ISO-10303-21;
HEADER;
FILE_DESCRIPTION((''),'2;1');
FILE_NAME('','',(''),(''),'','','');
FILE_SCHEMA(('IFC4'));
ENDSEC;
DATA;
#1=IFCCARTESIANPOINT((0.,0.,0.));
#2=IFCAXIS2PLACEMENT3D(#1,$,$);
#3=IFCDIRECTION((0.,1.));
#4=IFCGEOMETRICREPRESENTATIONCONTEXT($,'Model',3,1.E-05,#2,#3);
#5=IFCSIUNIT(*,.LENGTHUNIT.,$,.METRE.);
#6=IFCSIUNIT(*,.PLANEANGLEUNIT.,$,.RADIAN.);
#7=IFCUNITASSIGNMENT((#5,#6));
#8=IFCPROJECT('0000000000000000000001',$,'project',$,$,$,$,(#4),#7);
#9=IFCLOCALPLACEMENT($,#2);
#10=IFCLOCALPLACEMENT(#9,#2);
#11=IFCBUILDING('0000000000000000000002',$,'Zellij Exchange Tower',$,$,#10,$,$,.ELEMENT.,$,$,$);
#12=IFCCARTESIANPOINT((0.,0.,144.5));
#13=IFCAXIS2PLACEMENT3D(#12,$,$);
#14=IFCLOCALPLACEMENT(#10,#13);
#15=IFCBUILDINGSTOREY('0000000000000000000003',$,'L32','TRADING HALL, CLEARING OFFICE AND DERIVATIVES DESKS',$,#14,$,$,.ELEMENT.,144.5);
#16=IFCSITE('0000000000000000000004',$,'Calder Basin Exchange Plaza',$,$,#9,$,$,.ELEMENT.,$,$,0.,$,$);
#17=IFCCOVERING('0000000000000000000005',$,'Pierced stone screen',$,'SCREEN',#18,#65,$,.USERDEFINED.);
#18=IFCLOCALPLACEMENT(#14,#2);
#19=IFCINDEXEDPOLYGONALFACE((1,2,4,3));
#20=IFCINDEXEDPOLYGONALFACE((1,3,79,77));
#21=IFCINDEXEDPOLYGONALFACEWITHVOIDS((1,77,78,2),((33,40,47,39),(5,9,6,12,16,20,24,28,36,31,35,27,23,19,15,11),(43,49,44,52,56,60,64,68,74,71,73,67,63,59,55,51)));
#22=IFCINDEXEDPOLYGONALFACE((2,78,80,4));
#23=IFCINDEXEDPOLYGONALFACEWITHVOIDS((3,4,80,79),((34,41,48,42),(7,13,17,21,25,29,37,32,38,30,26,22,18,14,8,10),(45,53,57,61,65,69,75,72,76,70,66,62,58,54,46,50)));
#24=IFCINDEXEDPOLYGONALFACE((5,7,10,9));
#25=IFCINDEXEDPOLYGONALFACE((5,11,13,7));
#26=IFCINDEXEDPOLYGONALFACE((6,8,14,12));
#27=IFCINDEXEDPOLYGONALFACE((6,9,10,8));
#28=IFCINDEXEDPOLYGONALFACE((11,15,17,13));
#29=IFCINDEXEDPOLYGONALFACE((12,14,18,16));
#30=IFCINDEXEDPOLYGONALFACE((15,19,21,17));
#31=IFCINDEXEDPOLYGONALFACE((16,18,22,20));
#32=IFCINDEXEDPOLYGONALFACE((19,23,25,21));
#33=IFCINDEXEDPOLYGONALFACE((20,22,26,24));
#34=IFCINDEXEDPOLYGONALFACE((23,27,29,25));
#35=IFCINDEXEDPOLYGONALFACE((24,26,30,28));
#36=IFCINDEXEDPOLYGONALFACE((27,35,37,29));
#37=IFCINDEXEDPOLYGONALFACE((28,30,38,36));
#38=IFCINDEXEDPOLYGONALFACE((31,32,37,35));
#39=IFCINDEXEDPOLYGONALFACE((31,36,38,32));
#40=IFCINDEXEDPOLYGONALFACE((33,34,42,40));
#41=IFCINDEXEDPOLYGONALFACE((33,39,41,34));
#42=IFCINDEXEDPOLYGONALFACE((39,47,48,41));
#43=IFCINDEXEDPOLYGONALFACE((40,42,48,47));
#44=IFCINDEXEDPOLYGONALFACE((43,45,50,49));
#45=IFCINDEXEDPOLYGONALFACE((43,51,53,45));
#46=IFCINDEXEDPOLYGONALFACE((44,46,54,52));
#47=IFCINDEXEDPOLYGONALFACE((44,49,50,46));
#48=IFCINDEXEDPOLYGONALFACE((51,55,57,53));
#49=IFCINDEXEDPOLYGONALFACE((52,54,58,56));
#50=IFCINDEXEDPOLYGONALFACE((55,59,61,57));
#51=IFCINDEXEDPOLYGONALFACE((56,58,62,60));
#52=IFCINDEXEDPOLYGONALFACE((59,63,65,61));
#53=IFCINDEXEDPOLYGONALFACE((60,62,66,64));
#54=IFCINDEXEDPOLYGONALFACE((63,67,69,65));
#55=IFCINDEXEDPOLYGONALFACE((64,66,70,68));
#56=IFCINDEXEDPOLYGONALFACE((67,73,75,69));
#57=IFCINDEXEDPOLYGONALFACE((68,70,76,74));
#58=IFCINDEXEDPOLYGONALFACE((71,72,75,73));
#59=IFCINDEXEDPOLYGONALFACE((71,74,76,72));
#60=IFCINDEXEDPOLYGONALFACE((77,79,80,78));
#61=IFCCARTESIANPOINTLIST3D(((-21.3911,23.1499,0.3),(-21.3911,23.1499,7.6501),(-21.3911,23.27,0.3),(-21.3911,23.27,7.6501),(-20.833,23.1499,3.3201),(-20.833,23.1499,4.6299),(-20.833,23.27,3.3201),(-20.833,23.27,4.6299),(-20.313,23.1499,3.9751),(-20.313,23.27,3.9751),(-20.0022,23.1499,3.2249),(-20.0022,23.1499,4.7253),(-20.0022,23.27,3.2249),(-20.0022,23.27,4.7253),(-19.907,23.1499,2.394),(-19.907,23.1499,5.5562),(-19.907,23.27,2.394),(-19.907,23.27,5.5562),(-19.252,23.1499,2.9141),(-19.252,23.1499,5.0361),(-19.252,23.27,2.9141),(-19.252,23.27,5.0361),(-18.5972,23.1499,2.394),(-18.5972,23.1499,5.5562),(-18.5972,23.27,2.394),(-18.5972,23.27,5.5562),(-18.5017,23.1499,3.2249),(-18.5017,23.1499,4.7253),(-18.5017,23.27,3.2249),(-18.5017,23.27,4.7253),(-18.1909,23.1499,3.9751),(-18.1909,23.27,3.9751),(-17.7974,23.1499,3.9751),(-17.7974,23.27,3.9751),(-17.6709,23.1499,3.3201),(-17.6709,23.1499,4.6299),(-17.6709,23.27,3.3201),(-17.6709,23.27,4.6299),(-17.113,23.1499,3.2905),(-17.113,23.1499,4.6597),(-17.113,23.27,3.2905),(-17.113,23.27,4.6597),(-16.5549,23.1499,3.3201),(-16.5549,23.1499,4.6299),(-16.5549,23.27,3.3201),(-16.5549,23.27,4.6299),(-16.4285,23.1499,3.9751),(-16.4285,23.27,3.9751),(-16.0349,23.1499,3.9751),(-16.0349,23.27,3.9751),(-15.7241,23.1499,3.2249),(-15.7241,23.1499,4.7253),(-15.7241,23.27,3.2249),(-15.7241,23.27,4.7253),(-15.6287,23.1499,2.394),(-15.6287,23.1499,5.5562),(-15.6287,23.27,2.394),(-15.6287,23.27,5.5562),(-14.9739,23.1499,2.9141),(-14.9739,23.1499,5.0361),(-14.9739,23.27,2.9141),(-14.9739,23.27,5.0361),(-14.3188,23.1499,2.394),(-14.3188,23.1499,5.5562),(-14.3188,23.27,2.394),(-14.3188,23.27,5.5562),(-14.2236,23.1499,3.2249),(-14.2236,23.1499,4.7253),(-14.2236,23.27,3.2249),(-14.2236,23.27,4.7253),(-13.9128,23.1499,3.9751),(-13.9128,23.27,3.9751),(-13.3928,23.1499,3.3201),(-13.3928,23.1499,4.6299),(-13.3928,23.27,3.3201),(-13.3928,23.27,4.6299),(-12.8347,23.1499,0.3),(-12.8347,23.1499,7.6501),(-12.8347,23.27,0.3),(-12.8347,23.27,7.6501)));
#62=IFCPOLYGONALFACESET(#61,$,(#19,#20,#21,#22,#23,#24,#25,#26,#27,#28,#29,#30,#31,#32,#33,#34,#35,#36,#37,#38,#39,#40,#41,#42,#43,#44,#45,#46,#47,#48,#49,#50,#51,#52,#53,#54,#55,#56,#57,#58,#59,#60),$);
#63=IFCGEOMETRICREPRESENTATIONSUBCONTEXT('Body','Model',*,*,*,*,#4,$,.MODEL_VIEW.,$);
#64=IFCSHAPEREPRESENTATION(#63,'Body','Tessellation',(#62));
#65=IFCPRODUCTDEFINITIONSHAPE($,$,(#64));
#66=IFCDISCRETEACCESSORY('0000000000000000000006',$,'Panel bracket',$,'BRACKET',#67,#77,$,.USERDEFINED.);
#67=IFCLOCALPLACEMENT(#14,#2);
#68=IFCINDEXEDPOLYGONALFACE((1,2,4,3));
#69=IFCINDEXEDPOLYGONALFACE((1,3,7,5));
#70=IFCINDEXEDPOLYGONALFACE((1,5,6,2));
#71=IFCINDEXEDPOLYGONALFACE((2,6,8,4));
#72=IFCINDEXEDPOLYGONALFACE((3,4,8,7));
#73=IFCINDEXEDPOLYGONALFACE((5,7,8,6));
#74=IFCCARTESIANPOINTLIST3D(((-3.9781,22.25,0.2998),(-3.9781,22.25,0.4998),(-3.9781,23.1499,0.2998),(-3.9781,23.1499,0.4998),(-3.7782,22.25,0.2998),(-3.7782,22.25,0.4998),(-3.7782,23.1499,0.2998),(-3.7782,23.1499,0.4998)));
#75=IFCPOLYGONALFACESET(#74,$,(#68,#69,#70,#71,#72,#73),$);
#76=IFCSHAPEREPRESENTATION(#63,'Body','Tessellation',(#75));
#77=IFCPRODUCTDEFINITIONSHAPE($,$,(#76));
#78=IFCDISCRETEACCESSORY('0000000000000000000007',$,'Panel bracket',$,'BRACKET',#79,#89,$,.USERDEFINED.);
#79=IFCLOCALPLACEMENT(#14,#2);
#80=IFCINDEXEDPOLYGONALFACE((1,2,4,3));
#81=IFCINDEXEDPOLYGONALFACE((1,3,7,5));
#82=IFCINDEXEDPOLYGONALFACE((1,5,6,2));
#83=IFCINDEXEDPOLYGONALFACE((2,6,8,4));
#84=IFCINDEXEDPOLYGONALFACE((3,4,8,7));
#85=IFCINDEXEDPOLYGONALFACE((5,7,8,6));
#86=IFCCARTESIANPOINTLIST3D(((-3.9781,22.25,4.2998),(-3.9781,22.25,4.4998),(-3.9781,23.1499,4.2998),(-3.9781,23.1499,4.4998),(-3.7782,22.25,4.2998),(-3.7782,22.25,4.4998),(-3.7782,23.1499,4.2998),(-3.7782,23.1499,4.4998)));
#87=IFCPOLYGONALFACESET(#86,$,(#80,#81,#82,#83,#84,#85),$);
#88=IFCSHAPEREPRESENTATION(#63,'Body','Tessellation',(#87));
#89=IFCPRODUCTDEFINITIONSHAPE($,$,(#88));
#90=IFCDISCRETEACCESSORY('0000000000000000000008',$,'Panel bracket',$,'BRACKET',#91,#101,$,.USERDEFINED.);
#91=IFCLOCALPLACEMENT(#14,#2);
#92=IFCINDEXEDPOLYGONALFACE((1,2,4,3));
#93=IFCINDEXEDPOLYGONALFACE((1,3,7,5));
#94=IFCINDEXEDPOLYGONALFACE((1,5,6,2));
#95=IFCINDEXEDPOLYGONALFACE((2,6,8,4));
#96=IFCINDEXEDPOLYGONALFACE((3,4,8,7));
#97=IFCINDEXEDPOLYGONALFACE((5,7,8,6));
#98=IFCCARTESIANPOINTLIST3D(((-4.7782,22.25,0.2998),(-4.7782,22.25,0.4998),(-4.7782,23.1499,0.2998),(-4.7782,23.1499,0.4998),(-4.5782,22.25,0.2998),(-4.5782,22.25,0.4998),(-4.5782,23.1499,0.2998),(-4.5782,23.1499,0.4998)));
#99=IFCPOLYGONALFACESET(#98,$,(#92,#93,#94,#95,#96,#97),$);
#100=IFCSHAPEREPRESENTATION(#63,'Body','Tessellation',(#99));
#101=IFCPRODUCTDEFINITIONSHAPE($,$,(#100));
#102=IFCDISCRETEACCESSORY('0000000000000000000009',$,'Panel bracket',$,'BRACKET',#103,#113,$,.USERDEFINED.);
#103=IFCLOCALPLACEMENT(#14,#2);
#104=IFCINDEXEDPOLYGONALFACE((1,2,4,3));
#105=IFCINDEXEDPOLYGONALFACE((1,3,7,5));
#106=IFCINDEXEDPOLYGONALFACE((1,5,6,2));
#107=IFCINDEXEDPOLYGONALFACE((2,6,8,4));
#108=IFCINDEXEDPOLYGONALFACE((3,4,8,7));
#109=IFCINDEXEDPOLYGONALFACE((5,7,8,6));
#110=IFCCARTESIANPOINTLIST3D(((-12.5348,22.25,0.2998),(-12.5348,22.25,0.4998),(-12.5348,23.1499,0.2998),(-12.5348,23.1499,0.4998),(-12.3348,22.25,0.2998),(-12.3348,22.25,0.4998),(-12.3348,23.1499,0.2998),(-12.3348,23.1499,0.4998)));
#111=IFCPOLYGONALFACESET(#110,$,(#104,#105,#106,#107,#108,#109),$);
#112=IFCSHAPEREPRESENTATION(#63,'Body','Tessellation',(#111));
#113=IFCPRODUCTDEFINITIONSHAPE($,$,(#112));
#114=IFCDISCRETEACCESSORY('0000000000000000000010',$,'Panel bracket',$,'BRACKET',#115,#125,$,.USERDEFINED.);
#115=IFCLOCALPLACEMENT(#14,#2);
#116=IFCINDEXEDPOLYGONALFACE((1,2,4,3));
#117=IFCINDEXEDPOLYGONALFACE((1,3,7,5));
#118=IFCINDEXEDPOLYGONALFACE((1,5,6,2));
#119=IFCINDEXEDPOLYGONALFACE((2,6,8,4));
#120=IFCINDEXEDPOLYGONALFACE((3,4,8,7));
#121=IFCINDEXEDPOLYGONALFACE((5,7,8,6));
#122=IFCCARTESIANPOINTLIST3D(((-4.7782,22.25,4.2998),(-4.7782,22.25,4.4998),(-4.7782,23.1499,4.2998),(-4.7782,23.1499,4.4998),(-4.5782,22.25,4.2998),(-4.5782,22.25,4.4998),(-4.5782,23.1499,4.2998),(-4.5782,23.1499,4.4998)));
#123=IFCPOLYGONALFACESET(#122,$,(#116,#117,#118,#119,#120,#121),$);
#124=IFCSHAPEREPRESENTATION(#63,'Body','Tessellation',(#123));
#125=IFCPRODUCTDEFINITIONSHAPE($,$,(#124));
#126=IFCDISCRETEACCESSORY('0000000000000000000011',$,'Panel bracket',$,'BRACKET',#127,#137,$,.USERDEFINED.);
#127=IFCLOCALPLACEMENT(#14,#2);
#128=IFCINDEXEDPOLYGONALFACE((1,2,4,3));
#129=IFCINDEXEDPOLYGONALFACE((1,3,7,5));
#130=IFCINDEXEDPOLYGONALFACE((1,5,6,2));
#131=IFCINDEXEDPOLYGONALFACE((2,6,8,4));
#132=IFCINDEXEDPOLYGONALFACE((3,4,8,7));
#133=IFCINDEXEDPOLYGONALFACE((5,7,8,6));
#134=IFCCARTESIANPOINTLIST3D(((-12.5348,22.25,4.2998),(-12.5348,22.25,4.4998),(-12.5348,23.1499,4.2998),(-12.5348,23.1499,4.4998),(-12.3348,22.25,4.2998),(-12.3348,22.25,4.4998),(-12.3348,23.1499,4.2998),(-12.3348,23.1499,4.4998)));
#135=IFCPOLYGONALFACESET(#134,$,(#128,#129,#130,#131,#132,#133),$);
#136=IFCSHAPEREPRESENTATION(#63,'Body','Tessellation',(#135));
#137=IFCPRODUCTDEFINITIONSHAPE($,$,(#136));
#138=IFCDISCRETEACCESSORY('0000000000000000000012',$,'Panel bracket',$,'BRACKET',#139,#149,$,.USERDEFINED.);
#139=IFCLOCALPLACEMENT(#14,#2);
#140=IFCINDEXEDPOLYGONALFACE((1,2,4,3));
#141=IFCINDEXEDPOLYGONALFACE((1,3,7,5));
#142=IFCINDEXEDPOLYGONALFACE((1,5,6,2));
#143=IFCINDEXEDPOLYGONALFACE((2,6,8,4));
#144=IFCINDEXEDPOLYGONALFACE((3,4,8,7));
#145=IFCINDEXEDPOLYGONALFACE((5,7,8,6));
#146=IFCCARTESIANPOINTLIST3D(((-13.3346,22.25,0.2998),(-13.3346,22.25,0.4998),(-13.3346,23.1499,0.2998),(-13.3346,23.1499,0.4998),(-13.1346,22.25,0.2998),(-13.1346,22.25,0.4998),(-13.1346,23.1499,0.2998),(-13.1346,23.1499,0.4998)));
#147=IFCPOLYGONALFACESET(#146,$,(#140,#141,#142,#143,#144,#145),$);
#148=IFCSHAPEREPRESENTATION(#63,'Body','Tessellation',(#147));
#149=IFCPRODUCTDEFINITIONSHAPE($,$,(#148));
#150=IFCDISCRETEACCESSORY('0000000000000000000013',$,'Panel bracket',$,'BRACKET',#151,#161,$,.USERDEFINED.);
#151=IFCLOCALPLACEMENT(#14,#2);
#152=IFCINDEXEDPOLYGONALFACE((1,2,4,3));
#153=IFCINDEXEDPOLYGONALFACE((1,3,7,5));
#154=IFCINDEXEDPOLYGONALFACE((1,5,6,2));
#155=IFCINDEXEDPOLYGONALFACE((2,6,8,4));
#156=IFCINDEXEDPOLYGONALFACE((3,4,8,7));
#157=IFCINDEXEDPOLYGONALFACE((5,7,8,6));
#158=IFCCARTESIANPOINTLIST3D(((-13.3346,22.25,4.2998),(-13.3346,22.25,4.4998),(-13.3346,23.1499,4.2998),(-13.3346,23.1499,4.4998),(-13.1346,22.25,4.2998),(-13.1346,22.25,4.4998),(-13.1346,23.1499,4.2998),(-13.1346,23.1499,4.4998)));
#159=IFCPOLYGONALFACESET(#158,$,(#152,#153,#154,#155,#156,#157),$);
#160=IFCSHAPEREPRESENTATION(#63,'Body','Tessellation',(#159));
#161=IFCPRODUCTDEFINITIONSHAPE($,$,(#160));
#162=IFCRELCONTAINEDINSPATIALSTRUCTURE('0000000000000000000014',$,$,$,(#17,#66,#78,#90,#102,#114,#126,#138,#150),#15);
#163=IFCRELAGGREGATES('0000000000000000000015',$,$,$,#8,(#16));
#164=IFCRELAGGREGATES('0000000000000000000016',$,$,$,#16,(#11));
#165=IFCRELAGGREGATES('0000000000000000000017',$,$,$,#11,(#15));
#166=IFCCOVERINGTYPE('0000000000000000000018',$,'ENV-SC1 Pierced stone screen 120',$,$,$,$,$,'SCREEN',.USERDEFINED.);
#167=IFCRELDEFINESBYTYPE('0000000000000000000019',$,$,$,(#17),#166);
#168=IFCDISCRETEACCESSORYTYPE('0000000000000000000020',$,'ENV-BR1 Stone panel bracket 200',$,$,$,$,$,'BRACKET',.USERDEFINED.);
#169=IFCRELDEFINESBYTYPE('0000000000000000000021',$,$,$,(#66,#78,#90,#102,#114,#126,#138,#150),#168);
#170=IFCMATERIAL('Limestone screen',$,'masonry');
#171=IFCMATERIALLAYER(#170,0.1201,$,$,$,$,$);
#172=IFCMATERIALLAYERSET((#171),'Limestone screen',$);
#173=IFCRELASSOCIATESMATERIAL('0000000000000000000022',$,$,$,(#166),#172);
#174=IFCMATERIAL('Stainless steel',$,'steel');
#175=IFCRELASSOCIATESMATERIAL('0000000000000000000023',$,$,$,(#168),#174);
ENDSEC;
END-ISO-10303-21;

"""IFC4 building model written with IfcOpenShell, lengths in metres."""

from ifc_helpers import new_model, si_unit, direction, frame, origin, origin_2d, place, context, subcontext, project, spatial, polyline, rectangle, outline, extrude, material, layer, layer_set, type_object, element, save


model = new_model("IFC4")

# Units and contexts
model_context = context("Model", 3, precision=1e-05, world=origin(), true_north=direction((0.0, 1.0)))
body_context = subcontext(model_context, "Body", "Model", "MODEL_VIEW")
ifc_project = project(units=[si_unit("LENGTHUNIT", "METRE"), si_unit("PLANEANGLEUNIT", "RADIAN")], contexts=[model_context])

# Site, building, storey
site_placement = place(None, origin())
site = spatial("IfcSite", under=ifc_project, at=site_placement, Name="Calder Basin Exchange Plaza", CompositionType="ELEMENT", RefElevation=0.0)
building_placement = place(site_placement, origin())
building = spatial("IfcBuilding", under=site, at=building_placement, Name="Zellij Exchange Tower", CompositionType="ELEMENT")
storey_placement = place(building_placement, frame((0.0, 0.0, 144.5)))
storey = spatial("IfcBuildingStorey", under=building, at=storey_placement, Name="L32", Description="TRADING HALL, CLEARING OFFICE AND DERIVATIVES DESKS", CompositionType="ELEMENT", Elevation=144.5)

# Covering
ifc_material_1 = material(Name="Limestone screen", Category="masonry")
ifc_layer_1 = layer(ifc_material_1, 0.1201)
ifc_layer_set_1 = layer_set([ifc_layer_1], Name="Limestone screen")
covering_type = type_object("IfcCoveringType", Name="ENV-SC1 Pierced stone screen 120", ElementType="SCREEN", PredefinedType="USERDEFINED", material=ifc_layer_set_1)
for number, where, z_axis, x_axis, name in (
    (1, (-12.8347, 23.21, 0.3), (0.0, 0.0, 1.0), (-1.0, 0.0, 0.0), "Pierced stone screen"),
):
    element("IfcCovering", number, at=place(storey_placement, frame(where, z_axis=z_axis, x_axis=x_axis)), inside=storey, type_object=covering_type, Name=name, ObjectType="SCREEN", PredefinedType="USERDEFINED", context=body_context, shape_type="SweptSolid", body=[
        extrude(outline(polyline([(0.0, 0.0), (8.5564, 0.0), (8.5564, 7.3501), (0.0, 7.3501), (0.0, 0.0)]), holes=[polyline([(3.7202, 4.3298), (2.8894, 4.4253), (2.7939, 5.2561), (2.1392, 4.7361), (1.4841, 5.2561), (1.3889, 4.4253), (0.5581, 4.3298), (1.0781, 3.675), (0.5581, 3.02), (1.3889, 2.9248), (1.4841, 2.094), (2.1392, 2.614), (2.7939, 2.094), (2.8894, 2.9248), (3.7202, 3.02), (3.2002, 3.675), (3.7202, 4.3298)]), polyline([(7.9983, 4.3298), (7.1675, 4.4253), (7.0723, 5.2561), (6.4172, 4.7361), (5.7625, 5.2561), (5.667, 4.4253), (4.8362, 4.3298), (5.3562, 3.675), (4.8362, 3.02), (5.667, 2.9248), (5.7625, 2.094), (6.4172, 2.614), (7.0723, 2.094), (7.1675, 2.9248), (7.9983, 3.02), (7.4783, 3.675), (7.9983, 4.3298)]), polyline([(4.9626, 3.675), (4.2783, 4.3596), (3.5938, 3.675), (4.2783, 2.9905), (4.9626, 3.675)])]), frame((0.0, 0.0601, 0.0), z_axis=(0.0, -1.0, 0.0), x_axis=(1.0, 0.0, 0.0)), (0.0, 0.0, 1.0), 0.1201),
    ])

# Discrete accessories
ifc_material_2 = material(Name="Stainless steel", Category="steel")
discrete_accessory_type = type_object("IfcDiscreteAccessoryType", Name="ENV-BR1 Stone panel bracket 200", ElementType="BRACKET", PredefinedType="USERDEFINED", material=ifc_material_2)
for number, where, z_axis, x_axis, name in (
    (2, (-3.8782, 22.7, 0.2998), (0.0, 0.0, 1.0), (-1.0, 0.0, 0.0), "Panel bracket"),
    (3, (-3.8782, 22.7, 4.2998), (0.0, 0.0, 1.0), (-1.0, 0.0, 0.0), "Panel bracket"),
    (4, (-4.6782, 22.7, 0.2998), (0.0, 0.0, 1.0), (-1.0, 0.0, 0.0), "Panel bracket"),
    (5, (-12.4348, 22.7, 0.2998), (0.0, 0.0, 1.0), (-1.0, 0.0, 0.0), "Panel bracket"),
    (6, (-4.6782, 22.7, 4.2998), (0.0, 0.0, 1.0), (-1.0, 0.0, 0.0), "Panel bracket"),
    (7, (-12.4348, 22.7, 4.2998), (0.0, 0.0, 1.0), (-1.0, 0.0, 0.0), "Panel bracket"),
    (8, (-13.2346, 22.7, 0.2998), (0.0, 0.0, 1.0), (-1.0, 0.0, 0.0), "Panel bracket"),
    (9, (-13.2346, 22.7, 4.2998), (0.0, 0.0, 1.0), (-1.0, 0.0, 0.0), "Panel bracket"),
):
    element("IfcDiscreteAccessory", number, at=place(storey_placement, frame(where, z_axis=z_axis, x_axis=x_axis)), inside=storey, type_object=discrete_accessory_type, Name=name, ObjectType="BRACKET", PredefinedType="USERDEFINED", context=body_context, shape_type="SweptSolid", body=[
        extrude(rectangle(XDim=0.2, YDim=0.8999, at=origin_2d()), origin(), (0.0, 0.0, 1.0), 0.2),
    ])

save(model, "model.ifc")
